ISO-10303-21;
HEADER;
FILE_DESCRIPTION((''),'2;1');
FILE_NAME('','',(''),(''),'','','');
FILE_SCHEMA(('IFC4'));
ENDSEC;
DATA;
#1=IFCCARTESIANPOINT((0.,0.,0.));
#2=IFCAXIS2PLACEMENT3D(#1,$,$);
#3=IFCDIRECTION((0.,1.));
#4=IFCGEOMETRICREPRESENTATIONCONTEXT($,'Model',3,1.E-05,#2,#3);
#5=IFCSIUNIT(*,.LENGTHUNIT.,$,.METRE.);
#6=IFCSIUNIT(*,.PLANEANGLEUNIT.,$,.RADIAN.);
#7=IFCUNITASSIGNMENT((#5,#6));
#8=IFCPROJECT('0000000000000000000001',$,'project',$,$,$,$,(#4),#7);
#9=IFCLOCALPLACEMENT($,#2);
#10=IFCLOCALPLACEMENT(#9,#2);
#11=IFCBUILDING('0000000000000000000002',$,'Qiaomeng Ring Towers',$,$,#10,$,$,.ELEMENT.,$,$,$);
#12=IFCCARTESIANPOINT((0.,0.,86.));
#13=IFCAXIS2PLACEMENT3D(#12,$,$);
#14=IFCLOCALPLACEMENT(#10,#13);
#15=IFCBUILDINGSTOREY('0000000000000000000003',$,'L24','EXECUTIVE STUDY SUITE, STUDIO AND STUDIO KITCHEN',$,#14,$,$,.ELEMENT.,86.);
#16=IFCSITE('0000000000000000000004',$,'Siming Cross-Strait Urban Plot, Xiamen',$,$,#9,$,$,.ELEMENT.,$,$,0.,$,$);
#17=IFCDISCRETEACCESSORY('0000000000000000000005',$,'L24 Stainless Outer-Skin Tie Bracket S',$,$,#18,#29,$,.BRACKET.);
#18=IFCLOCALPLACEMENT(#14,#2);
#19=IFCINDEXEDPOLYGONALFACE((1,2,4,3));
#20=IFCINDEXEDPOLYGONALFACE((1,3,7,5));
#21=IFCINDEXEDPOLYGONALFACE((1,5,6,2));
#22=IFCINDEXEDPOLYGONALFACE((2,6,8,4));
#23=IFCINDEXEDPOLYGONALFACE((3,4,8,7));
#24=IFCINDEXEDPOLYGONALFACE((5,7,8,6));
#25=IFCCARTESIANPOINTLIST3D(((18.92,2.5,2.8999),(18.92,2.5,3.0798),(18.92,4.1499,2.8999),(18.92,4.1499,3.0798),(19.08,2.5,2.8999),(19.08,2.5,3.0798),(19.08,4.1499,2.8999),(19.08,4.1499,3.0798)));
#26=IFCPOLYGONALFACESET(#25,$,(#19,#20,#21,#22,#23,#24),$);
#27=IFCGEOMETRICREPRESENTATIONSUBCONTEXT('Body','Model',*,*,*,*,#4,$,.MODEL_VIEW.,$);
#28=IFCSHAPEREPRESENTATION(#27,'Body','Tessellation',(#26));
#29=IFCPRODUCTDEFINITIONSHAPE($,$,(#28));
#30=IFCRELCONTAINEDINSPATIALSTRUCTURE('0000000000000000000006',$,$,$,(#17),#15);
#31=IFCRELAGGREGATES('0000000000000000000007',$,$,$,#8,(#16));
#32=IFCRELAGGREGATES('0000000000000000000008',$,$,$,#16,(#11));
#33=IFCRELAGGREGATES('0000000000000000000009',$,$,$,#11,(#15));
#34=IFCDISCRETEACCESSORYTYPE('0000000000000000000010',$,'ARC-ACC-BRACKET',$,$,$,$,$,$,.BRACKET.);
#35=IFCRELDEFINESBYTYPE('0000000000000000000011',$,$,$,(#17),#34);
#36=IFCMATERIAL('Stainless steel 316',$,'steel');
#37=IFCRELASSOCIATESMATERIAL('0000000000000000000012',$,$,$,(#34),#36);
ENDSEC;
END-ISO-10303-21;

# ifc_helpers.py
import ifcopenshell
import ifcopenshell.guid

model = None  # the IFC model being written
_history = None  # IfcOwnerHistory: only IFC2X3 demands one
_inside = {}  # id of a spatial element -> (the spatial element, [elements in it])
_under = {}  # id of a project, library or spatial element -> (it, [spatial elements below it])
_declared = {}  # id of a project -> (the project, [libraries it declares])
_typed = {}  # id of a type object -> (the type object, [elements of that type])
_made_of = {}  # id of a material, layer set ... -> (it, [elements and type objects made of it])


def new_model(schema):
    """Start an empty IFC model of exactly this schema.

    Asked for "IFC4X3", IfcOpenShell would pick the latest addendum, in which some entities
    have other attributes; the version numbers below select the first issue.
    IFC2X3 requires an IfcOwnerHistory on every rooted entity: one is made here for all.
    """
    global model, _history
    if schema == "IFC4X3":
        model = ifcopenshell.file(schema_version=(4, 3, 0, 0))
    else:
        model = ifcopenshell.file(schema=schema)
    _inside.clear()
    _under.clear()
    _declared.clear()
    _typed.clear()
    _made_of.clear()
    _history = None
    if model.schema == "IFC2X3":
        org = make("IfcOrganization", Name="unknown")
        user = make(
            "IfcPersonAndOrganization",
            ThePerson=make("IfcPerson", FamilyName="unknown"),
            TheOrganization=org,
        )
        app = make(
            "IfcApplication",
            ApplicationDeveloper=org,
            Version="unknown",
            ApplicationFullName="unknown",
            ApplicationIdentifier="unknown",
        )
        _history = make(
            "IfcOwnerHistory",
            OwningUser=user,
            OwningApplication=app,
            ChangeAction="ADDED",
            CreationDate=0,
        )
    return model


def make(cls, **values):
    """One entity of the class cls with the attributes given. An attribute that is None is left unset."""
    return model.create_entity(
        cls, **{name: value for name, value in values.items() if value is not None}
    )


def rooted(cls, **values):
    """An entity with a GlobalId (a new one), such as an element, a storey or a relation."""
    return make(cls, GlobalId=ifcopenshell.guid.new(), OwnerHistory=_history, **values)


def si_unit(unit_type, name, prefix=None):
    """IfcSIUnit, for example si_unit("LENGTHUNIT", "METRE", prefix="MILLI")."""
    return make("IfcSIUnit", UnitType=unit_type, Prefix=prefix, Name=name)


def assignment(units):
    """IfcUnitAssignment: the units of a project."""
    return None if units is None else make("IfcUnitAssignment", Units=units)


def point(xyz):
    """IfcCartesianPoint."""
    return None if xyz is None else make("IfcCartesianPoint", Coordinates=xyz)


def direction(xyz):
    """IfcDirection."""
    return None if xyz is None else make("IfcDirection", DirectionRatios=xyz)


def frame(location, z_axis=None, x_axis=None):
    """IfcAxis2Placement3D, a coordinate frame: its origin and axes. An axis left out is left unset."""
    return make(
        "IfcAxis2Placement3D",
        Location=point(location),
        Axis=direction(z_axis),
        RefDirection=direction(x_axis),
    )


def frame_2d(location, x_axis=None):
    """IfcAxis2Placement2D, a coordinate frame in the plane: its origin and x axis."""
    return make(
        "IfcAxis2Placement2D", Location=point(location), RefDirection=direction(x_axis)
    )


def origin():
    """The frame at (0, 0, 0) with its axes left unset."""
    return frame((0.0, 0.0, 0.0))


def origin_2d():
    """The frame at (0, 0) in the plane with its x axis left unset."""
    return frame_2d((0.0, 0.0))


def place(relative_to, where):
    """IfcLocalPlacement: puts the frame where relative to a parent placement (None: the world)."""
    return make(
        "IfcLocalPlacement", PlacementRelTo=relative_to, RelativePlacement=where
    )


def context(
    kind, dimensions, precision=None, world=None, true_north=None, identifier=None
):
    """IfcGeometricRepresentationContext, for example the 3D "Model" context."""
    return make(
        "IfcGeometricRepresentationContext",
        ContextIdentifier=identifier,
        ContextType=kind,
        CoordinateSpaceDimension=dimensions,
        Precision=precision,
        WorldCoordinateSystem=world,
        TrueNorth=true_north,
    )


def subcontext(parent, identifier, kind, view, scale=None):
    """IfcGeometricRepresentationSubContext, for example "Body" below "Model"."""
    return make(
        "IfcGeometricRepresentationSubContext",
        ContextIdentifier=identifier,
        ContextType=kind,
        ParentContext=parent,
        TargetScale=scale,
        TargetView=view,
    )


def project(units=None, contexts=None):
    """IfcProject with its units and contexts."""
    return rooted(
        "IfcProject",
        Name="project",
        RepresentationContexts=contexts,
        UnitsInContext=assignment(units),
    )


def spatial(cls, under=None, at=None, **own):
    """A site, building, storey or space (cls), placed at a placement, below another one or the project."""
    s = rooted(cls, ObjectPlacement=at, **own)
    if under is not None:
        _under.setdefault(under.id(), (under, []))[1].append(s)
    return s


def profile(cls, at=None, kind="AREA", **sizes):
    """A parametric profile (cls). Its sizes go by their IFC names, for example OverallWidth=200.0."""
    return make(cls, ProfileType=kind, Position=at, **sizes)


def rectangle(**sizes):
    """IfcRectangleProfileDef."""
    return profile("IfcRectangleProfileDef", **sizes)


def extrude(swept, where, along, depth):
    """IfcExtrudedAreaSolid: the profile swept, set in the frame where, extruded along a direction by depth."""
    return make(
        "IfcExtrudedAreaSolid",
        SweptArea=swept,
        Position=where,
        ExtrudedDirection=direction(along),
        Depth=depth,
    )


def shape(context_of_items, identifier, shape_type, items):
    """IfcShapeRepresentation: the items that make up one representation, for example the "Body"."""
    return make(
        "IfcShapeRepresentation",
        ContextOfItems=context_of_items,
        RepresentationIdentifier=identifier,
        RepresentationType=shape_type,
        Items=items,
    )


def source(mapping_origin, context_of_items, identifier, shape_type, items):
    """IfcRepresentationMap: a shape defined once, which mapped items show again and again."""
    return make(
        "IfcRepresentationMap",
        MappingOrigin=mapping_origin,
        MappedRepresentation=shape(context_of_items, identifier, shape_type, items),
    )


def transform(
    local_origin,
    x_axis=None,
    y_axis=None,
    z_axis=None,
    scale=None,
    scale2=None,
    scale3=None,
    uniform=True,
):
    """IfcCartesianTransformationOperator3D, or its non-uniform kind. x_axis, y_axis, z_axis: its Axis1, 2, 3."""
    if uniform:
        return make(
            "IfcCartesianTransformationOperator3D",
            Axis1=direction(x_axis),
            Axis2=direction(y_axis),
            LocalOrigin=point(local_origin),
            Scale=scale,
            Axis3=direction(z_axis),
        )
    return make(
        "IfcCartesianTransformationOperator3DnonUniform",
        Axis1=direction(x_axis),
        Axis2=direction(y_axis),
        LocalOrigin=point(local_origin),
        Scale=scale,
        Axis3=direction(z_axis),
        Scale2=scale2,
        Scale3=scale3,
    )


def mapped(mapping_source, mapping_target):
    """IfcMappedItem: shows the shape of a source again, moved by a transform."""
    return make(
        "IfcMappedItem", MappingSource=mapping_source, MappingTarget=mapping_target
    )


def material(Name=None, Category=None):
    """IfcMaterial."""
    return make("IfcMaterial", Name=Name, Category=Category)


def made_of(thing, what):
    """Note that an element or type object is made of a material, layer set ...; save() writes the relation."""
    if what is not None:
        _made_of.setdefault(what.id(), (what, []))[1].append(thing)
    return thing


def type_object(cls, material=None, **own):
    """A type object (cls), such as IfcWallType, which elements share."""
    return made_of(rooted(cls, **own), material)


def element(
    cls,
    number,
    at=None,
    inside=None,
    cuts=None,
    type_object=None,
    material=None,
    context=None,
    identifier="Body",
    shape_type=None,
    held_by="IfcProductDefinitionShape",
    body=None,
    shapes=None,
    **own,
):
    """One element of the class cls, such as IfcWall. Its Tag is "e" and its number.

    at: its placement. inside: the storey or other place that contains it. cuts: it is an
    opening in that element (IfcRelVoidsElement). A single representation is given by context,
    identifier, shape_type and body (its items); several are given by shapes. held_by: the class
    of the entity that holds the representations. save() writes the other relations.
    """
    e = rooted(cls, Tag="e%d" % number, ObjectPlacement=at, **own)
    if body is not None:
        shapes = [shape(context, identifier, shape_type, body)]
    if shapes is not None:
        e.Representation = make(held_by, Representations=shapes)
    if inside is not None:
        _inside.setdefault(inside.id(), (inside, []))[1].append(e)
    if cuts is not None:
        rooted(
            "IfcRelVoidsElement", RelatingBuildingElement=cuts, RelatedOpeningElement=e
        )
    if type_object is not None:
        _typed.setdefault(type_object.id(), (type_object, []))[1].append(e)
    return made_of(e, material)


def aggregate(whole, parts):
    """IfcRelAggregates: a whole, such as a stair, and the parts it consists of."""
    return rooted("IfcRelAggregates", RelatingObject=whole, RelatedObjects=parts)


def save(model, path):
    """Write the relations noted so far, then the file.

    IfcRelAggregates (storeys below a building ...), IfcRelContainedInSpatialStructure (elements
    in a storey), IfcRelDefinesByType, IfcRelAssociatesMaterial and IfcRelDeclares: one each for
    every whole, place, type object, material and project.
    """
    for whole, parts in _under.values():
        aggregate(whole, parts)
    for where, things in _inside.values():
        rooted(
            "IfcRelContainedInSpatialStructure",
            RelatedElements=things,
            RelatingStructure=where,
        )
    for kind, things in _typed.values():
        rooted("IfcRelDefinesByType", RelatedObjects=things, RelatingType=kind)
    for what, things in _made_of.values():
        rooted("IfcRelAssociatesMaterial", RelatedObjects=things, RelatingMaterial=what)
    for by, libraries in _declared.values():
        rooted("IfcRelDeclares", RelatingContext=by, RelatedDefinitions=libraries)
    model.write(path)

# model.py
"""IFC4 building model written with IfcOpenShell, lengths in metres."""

from ifc_helpers import new_model, si_unit, direction, frame, origin, origin_2d, place, context, subcontext, project, spatial, rectangle, extrude, source, transform, mapped, material, type_object, element, save


model = new_model("IFC4")

# Units and contexts
model_context = context("Model", 3, precision=1e-05, world=origin(), true_north=direction((0.0, 1.0)))
body_context = subcontext(model_context, "Body", "Model", "MODEL_VIEW")
ifc_project = project(units=[si_unit("LENGTHUNIT", "METRE"), si_unit("PLANEANGLEUNIT", "RADIAN")], contexts=[model_context])

# Site, building, storey
site_placement = place(None, origin())
site = spatial("IfcSite", under=ifc_project, at=site_placement, Name="Siming Cross-Strait Urban Plot, Xiamen", CompositionType="ELEMENT", RefElevation=0.0)
building_placement = place(site_placement, origin())
building = spatial("IfcBuilding", under=site, at=building_placement, Name="Qiaomeng Ring Towers", CompositionType="ELEMENT")
storey_placement = place(building_placement, frame((0.0, 0.0, 86.0)))
storey = spatial("IfcBuildingStorey", under=building, at=storey_placement, Name="L24", Description="EXECUTIVE STUDY SUITE, STUDIO AND STUDIO KITCHEN", CompositionType="ELEMENT", Elevation=86.0)

# Shared definitions
ifc_material_1 = material(Name="Stainless steel 316", Category="steel")

# Discrete accessory
discrete_accessory_type = type_object("IfcDiscreteAccessoryType", Name="ARC-ACC-BRACKET", PredefinedType="BRACKET", material=ifc_material_1)
shared_shape_1 = source(origin(), body_context, "Body", "SweptSolid", [
    extrude(rectangle(XDim=0.1599, YDim=1.6499, at=origin_2d()), origin(), (0.0, 0.0, 1.0), 0.1799),
])
discrete_accessory_placement = place(storey_placement, frame((19.0, 3.325, 2.8999), z_axis=(0.0, 0.0, 1.0), x_axis=(1.0, 0.0, 0.0)))
element("IfcDiscreteAccessory", 1, at=discrete_accessory_placement, inside=storey, type_object=discrete_accessory_type, Name="L24 Stainless Outer-Skin Tie Bracket S", PredefinedType="BRACKET", context=body_context, shape_type="MappedRepresentation", body=[
    mapped(shared_shape_1, transform((0.0, 0.0, 0.0), x_axis=(1.0, 0.0, 0.0), y_axis=(0.0, 1.0, 0.0), z_axis=(0.0, 0.0, 1.0), scale=1.0)),
])

save(model, "model.ifc")
